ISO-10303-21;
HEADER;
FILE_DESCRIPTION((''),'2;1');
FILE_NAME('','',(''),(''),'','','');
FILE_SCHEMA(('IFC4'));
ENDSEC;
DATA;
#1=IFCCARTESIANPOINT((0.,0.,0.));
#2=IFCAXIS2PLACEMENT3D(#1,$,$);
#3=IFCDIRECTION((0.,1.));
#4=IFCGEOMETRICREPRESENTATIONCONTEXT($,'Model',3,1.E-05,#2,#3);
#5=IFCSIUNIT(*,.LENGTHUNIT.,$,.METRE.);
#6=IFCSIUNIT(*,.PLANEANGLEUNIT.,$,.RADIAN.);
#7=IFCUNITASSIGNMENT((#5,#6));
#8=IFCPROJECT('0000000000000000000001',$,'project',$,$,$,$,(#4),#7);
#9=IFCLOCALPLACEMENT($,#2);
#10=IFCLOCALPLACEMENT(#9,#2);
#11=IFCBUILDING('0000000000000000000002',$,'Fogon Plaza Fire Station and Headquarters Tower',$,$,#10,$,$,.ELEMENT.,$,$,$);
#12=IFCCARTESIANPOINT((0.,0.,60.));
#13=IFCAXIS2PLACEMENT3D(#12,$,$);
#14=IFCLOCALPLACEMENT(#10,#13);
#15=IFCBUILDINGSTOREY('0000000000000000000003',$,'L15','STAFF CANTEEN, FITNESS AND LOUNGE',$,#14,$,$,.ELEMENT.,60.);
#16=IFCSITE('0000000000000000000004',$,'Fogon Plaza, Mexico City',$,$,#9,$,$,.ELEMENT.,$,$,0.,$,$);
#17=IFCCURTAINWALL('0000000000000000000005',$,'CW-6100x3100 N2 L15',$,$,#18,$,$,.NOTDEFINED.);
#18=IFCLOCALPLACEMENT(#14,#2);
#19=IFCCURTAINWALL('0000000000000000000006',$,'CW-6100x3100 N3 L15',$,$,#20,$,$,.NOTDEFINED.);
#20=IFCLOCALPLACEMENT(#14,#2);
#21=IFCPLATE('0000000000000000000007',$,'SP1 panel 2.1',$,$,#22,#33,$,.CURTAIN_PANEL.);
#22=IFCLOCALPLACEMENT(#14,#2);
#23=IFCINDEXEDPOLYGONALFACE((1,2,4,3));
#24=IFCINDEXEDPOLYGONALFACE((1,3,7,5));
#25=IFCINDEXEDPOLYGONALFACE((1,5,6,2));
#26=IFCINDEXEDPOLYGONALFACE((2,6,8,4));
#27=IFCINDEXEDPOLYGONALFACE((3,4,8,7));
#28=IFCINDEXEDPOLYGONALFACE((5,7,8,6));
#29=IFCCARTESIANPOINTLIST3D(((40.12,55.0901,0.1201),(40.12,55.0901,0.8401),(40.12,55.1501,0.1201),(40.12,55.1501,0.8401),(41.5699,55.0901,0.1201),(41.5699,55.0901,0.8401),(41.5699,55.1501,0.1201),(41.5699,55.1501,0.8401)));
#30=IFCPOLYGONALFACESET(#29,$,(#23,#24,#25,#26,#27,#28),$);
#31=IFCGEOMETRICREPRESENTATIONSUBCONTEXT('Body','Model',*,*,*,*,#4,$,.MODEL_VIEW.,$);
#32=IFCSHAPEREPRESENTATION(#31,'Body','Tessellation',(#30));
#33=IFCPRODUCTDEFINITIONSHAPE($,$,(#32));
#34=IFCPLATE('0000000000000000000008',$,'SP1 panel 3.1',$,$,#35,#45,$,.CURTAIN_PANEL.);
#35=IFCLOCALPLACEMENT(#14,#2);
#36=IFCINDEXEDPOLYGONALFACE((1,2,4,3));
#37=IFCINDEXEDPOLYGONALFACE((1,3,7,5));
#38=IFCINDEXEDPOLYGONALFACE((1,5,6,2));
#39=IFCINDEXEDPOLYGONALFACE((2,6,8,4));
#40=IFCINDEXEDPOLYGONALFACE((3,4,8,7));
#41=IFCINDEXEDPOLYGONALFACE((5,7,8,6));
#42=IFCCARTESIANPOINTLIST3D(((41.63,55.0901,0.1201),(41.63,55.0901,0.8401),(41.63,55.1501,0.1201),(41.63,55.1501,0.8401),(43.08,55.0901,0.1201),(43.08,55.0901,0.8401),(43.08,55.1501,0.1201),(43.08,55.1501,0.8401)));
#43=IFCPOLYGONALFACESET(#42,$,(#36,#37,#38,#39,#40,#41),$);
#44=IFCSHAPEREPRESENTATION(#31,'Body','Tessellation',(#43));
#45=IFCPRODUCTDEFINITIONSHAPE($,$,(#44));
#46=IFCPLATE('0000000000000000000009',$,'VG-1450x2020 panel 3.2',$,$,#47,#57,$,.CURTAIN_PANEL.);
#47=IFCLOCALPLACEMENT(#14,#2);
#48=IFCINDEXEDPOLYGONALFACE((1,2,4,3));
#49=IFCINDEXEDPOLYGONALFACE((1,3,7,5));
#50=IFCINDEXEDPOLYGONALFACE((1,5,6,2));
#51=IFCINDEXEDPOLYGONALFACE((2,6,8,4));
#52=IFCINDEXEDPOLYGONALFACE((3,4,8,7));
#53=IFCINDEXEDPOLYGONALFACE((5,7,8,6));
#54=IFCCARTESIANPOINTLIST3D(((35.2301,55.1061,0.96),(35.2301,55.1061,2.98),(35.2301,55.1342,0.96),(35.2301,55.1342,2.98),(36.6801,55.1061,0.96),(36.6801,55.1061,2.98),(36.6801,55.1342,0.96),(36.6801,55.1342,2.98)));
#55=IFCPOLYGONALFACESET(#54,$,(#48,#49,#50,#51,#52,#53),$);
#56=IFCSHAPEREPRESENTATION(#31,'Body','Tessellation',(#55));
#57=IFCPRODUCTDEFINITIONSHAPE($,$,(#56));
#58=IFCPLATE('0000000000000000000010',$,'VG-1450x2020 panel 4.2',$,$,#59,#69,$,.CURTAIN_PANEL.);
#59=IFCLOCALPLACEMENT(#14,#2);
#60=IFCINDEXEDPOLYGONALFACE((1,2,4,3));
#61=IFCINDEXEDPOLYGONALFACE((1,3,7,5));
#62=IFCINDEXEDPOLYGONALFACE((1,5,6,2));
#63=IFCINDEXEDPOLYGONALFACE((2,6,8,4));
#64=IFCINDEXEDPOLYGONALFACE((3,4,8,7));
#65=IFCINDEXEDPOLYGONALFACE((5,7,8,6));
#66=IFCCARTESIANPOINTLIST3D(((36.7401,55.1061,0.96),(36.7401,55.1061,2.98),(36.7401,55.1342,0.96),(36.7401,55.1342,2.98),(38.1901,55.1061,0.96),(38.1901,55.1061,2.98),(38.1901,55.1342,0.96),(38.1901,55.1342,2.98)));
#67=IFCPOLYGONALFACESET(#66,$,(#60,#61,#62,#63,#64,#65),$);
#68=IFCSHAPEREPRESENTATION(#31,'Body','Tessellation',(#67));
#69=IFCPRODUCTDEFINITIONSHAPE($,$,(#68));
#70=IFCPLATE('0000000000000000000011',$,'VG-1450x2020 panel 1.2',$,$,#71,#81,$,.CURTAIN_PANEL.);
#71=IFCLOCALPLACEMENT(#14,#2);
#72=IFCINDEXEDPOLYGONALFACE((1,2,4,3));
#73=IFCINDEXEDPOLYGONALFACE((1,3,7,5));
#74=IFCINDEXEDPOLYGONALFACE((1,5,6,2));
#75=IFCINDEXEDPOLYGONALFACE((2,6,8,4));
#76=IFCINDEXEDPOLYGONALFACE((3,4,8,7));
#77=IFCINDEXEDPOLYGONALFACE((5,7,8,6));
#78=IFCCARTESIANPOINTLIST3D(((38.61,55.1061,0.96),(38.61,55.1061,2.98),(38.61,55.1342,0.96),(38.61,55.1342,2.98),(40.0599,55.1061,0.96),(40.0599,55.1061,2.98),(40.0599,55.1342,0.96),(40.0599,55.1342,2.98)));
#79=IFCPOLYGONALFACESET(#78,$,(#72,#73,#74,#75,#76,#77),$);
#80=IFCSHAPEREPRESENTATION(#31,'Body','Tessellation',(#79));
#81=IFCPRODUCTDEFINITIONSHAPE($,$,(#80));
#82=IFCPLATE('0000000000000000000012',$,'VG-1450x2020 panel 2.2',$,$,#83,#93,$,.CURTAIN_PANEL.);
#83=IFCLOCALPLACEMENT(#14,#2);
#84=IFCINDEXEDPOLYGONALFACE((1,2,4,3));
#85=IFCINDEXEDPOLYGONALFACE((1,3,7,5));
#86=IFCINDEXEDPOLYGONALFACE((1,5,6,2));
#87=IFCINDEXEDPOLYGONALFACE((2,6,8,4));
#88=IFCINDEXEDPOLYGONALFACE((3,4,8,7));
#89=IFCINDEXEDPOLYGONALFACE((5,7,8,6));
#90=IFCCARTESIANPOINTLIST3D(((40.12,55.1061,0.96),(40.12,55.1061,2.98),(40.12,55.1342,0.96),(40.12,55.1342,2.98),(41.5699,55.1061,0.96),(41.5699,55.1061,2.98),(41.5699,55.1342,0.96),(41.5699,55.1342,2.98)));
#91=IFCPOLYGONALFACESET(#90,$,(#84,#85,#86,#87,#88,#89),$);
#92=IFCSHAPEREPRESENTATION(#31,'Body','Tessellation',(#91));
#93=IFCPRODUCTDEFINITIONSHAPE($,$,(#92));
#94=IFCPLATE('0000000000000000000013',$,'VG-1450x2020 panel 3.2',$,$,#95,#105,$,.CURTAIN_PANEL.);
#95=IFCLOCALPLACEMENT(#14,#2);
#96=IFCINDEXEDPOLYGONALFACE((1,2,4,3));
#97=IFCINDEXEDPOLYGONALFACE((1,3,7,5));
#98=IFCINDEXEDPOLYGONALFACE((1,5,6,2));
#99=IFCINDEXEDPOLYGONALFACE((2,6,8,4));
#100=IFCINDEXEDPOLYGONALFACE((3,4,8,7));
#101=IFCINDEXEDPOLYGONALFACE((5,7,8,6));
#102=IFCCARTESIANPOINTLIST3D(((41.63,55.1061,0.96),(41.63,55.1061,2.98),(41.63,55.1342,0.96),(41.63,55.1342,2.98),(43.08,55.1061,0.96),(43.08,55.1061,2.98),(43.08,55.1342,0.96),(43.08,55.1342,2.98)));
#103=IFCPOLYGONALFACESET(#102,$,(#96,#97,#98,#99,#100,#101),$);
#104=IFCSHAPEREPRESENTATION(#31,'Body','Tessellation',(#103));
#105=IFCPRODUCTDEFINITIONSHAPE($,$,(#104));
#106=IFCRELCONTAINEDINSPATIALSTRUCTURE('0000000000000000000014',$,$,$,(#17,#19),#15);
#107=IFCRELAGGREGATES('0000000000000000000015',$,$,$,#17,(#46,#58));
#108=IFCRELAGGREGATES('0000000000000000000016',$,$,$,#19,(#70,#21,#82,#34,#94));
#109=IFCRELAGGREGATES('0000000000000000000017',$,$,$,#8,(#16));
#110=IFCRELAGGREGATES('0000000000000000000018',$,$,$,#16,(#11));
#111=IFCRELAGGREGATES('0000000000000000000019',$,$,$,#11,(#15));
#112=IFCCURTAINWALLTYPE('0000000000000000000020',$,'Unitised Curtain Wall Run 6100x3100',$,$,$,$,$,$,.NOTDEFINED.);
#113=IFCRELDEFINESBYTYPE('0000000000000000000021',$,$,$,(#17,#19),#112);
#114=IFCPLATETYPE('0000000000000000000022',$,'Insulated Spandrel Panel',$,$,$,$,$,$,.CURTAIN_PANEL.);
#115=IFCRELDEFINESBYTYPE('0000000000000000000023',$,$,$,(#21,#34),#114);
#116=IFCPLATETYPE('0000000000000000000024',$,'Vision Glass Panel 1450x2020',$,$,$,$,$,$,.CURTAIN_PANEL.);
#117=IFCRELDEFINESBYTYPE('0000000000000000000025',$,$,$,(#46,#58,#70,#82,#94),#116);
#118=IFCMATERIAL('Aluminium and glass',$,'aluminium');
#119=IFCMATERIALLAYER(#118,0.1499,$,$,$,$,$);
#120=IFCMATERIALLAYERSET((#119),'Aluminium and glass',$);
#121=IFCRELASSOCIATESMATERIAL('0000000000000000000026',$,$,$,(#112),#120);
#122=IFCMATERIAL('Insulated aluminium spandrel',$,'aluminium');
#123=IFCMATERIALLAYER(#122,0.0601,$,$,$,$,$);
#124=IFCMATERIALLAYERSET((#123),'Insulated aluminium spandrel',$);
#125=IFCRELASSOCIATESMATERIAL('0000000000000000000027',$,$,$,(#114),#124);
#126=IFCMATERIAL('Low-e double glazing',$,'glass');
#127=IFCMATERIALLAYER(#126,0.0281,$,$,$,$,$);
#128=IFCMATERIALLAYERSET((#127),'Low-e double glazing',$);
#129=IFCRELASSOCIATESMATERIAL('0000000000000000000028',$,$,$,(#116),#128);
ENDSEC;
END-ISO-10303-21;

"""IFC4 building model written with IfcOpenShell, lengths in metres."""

from ifc_helpers import new_model, si_unit, direction, frame, origin, origin_2d, place, context, subcontext, project, spatial, rectangle, extrude, material, layer, layer_set, type_object, element, aggregate, save


model = new_model("IFC4")

# Units and contexts
model_context = context("Model", 3, precision=1e-05, world=origin(), true_north=direction((0.0, 1.0)))
body_context = subcontext(model_context, "Body", "Model", "MODEL_VIEW")
ifc_project = project(units=[si_unit("LENGTHUNIT", "METRE"), si_unit("PLANEANGLEUNIT", "RADIAN")], contexts=[model_context])

# Site, building, storey
site_placement = place(None, origin())
site = spatial("IfcSite", under=ifc_project, at=site_placement, Name="Fogon Plaza, Mexico City", CompositionType="ELEMENT", RefElevation=0.0)
building_placement = place(site_placement, origin())
building = spatial("IfcBuilding", under=site, at=building_placement, Name="Fogon Plaza Fire Station and Headquarters Tower", CompositionType="ELEMENT")
storey_placement = place(building_placement, frame((0.0, 0.0, 60.0)))
storey = spatial("IfcBuildingStorey", under=building, at=storey_placement, Name="L15", Description="STAFF CANTEEN, FITNESS AND LOUNGE", CompositionType="ELEMENT", Elevation=60.0)

# Curtain walls
ifc_material_1 = material(Name="Aluminium and glass", Category="aluminium")
ifc_layer_1 = layer(ifc_material_1, 0.1499)
ifc_layer_set_1 = layer_set([ifc_layer_1], Name="Aluminium and glass")
curtain_wall_type = type_object("IfcCurtainWallType", Name="Unitised Curtain Wall Run 6100x3100", PredefinedType="NOTDEFINED", material=ifc_layer_set_1)
curtain_wall_1_placement = place(storey_placement, origin())
curtain_wall_1 = element("IfcCurtainWall", 1, at=curtain_wall_1_placement, inside=storey, type_object=curtain_wall_type, Name="CW-6100x3100 N2 L15", PredefinedType="NOTDEFINED")
curtain_wall_2_placement = place(storey_placement, origin())
curtain_wall_2 = element("IfcCurtainWall", 2, at=curtain_wall_2_placement, inside=storey, type_object=curtain_wall_type, Name="CW-6100x3100 N3 L15", PredefinedType="NOTDEFINED")

# Plates
ifc_material_2 = material(Name="Insulated aluminium spandrel", Category="aluminium")
ifc_layer_2 = layer(ifc_material_2, 0.0601)
ifc_layer_set_2 = layer_set([ifc_layer_2], Name="Insulated aluminium spandrel")
plate_type_1 = type_object("IfcPlateType", Name="Insulated Spandrel Panel", PredefinedType="CURTAIN_PANEL", material=ifc_layer_set_2)
plate_1_placement = place(storey_placement, frame((40.845, 55.1201, 0.1201), z_axis=(0.0, 0.0, 1.0), x_axis=(1.0, 0.0, 0.0)))
plate_1 = element("IfcPlate", 3, at=plate_1_placement, type_object=plate_type_1, Name="SP1 panel 2.1", PredefinedType="CURTAIN_PANEL", context=body_context, shape_type="SweptSolid", body=[
    extrude(rectangle(XDim=1.45, YDim=0.0601, at=origin_2d()), origin(), (0.0, 0.0, 1.0), 0.72),
])
plate_2_placement = place(storey_placement, frame((42.355, 55.1201, 0.1201), z_axis=(0.0, 0.0, 1.0), x_axis=(1.0, 0.0, 0.0)))
plate_2 = element("IfcPlate", 4, at=plate_2_placement, type_object=plate_type_1, Name="SP1 panel 3.1", PredefinedType="CURTAIN_PANEL", context=body_context, shape_type="SweptSolid", body=[
    extrude(rectangle(XDim=1.45, YDim=0.0601, at=origin_2d()), origin(), (0.0, 0.0, 1.0), 0.72),
])
ifc_material_3 = material(Name="Low-e double glazing", Category="glass")
ifc_layer_3 = layer(ifc_material_3, 0.0281)
ifc_layer_set_3 = layer_set([ifc_layer_3], Name="Low-e double glazing")
plate_type_2 = type_object("IfcPlateType", Name="Vision Glass Panel 1450x2020", PredefinedType="CURTAIN_PANEL", material=ifc_layer_set_3)
plate_3_placement = place(storey_placement, frame((35.9551, 55.1201, 0.96), z_axis=(0.0, 0.0, 1.0), x_axis=(1.0, 0.0, 0.0)))
plate_3 = element("IfcPlate", 5, at=plate_3_placement, type_object=plate_type_2, Name="VG-1450x2020 panel 3.2", PredefinedType="CURTAIN_PANEL", context=body_context, shape_type="SweptSolid", body=[
    extrude(rectangle(XDim=1.45, YDim=0.0281, at=origin_2d()), origin(), (0.0, 0.0, 1.0), 2.02),
])
plate_4_placement = place(storey_placement, frame((37.4651, 55.1201, 0.96), z_axis=(0.0, 0.0, 1.0), x_axis=(1.0, 0.0, 0.0)))
plate_4 = element("IfcPlate", 6, at=plate_4_placement, type_object=plate_type_2, Name="VG-1450x2020 panel 4.2", PredefinedType="CURTAIN_PANEL", context=body_context, shape_type="SweptSolid", body=[
    extrude(rectangle(XDim=1.45, YDim=0.0281, at=origin_2d()), origin(), (0.0, 0.0, 1.0), 2.02),
])
aggregate(curtain_wall_1, [plate_3, plate_4])
plate_5_placement = place(storey_placement, frame((39.335, 55.1201, 0.96), z_axis=(0.0, 0.0, 1.0), x_axis=(1.0, 0.0, 0.0)))
plate_5 = element("IfcPlate", 7, at=plate_5_placement, type_object=plate_type_2, Name="VG-1450x2020 panel 1.2", PredefinedType="CURTAIN_PANEL", context=body_context, shape_type="SweptSolid", body=[
    extrude(rectangle(XDim=1.45, YDim=0.0281, at=origin_2d()), origin(), (0.0, 0.0, 1.0), 2.02),
])
plate_6_placement = place(storey_placement, frame((40.845, 55.1201, 0.96), z_axis=(0.0, 0.0, 1.0), x_axis=(1.0, 0.0, 0.0)))
plate_6 = element("IfcPlate", 8, at=plate_6_placement, type_object=plate_type_2, Name="VG-1450x2020 panel 2.2", PredefinedType="CURTAIN_PANEL", context=body_context, shape_type="SweptSolid", body=[
    extrude(rectangle(XDim=1.45, YDim=0.0281, at=origin_2d()), origin(), (0.0, 0.0, 1.0), 2.02),
])
plate_7_placement = place(storey_placement, frame((42.355, 55.1201, 0.96), z_axis=(0.0, 0.0, 1.0), x_axis=(1.0, 0.0, 0.0)))
plate_7 = element("IfcPlate", 9, at=plate_7_placement, type_object=plate_type_2, Name="VG-1450x2020 panel 3.2", PredefinedType="CURTAIN_PANEL", context=body_context, shape_type="SweptSolid", body=[
    extrude(rectangle(XDim=1.45, YDim=0.0281, at=origin_2d()), origin(), (0.0, 0.0, 1.0), 2.02),
])
aggregate(curtain_wall_2, [plate_5, plate_1, plate_6, plate_2, plate_7])

save(model, "model.ifc")
